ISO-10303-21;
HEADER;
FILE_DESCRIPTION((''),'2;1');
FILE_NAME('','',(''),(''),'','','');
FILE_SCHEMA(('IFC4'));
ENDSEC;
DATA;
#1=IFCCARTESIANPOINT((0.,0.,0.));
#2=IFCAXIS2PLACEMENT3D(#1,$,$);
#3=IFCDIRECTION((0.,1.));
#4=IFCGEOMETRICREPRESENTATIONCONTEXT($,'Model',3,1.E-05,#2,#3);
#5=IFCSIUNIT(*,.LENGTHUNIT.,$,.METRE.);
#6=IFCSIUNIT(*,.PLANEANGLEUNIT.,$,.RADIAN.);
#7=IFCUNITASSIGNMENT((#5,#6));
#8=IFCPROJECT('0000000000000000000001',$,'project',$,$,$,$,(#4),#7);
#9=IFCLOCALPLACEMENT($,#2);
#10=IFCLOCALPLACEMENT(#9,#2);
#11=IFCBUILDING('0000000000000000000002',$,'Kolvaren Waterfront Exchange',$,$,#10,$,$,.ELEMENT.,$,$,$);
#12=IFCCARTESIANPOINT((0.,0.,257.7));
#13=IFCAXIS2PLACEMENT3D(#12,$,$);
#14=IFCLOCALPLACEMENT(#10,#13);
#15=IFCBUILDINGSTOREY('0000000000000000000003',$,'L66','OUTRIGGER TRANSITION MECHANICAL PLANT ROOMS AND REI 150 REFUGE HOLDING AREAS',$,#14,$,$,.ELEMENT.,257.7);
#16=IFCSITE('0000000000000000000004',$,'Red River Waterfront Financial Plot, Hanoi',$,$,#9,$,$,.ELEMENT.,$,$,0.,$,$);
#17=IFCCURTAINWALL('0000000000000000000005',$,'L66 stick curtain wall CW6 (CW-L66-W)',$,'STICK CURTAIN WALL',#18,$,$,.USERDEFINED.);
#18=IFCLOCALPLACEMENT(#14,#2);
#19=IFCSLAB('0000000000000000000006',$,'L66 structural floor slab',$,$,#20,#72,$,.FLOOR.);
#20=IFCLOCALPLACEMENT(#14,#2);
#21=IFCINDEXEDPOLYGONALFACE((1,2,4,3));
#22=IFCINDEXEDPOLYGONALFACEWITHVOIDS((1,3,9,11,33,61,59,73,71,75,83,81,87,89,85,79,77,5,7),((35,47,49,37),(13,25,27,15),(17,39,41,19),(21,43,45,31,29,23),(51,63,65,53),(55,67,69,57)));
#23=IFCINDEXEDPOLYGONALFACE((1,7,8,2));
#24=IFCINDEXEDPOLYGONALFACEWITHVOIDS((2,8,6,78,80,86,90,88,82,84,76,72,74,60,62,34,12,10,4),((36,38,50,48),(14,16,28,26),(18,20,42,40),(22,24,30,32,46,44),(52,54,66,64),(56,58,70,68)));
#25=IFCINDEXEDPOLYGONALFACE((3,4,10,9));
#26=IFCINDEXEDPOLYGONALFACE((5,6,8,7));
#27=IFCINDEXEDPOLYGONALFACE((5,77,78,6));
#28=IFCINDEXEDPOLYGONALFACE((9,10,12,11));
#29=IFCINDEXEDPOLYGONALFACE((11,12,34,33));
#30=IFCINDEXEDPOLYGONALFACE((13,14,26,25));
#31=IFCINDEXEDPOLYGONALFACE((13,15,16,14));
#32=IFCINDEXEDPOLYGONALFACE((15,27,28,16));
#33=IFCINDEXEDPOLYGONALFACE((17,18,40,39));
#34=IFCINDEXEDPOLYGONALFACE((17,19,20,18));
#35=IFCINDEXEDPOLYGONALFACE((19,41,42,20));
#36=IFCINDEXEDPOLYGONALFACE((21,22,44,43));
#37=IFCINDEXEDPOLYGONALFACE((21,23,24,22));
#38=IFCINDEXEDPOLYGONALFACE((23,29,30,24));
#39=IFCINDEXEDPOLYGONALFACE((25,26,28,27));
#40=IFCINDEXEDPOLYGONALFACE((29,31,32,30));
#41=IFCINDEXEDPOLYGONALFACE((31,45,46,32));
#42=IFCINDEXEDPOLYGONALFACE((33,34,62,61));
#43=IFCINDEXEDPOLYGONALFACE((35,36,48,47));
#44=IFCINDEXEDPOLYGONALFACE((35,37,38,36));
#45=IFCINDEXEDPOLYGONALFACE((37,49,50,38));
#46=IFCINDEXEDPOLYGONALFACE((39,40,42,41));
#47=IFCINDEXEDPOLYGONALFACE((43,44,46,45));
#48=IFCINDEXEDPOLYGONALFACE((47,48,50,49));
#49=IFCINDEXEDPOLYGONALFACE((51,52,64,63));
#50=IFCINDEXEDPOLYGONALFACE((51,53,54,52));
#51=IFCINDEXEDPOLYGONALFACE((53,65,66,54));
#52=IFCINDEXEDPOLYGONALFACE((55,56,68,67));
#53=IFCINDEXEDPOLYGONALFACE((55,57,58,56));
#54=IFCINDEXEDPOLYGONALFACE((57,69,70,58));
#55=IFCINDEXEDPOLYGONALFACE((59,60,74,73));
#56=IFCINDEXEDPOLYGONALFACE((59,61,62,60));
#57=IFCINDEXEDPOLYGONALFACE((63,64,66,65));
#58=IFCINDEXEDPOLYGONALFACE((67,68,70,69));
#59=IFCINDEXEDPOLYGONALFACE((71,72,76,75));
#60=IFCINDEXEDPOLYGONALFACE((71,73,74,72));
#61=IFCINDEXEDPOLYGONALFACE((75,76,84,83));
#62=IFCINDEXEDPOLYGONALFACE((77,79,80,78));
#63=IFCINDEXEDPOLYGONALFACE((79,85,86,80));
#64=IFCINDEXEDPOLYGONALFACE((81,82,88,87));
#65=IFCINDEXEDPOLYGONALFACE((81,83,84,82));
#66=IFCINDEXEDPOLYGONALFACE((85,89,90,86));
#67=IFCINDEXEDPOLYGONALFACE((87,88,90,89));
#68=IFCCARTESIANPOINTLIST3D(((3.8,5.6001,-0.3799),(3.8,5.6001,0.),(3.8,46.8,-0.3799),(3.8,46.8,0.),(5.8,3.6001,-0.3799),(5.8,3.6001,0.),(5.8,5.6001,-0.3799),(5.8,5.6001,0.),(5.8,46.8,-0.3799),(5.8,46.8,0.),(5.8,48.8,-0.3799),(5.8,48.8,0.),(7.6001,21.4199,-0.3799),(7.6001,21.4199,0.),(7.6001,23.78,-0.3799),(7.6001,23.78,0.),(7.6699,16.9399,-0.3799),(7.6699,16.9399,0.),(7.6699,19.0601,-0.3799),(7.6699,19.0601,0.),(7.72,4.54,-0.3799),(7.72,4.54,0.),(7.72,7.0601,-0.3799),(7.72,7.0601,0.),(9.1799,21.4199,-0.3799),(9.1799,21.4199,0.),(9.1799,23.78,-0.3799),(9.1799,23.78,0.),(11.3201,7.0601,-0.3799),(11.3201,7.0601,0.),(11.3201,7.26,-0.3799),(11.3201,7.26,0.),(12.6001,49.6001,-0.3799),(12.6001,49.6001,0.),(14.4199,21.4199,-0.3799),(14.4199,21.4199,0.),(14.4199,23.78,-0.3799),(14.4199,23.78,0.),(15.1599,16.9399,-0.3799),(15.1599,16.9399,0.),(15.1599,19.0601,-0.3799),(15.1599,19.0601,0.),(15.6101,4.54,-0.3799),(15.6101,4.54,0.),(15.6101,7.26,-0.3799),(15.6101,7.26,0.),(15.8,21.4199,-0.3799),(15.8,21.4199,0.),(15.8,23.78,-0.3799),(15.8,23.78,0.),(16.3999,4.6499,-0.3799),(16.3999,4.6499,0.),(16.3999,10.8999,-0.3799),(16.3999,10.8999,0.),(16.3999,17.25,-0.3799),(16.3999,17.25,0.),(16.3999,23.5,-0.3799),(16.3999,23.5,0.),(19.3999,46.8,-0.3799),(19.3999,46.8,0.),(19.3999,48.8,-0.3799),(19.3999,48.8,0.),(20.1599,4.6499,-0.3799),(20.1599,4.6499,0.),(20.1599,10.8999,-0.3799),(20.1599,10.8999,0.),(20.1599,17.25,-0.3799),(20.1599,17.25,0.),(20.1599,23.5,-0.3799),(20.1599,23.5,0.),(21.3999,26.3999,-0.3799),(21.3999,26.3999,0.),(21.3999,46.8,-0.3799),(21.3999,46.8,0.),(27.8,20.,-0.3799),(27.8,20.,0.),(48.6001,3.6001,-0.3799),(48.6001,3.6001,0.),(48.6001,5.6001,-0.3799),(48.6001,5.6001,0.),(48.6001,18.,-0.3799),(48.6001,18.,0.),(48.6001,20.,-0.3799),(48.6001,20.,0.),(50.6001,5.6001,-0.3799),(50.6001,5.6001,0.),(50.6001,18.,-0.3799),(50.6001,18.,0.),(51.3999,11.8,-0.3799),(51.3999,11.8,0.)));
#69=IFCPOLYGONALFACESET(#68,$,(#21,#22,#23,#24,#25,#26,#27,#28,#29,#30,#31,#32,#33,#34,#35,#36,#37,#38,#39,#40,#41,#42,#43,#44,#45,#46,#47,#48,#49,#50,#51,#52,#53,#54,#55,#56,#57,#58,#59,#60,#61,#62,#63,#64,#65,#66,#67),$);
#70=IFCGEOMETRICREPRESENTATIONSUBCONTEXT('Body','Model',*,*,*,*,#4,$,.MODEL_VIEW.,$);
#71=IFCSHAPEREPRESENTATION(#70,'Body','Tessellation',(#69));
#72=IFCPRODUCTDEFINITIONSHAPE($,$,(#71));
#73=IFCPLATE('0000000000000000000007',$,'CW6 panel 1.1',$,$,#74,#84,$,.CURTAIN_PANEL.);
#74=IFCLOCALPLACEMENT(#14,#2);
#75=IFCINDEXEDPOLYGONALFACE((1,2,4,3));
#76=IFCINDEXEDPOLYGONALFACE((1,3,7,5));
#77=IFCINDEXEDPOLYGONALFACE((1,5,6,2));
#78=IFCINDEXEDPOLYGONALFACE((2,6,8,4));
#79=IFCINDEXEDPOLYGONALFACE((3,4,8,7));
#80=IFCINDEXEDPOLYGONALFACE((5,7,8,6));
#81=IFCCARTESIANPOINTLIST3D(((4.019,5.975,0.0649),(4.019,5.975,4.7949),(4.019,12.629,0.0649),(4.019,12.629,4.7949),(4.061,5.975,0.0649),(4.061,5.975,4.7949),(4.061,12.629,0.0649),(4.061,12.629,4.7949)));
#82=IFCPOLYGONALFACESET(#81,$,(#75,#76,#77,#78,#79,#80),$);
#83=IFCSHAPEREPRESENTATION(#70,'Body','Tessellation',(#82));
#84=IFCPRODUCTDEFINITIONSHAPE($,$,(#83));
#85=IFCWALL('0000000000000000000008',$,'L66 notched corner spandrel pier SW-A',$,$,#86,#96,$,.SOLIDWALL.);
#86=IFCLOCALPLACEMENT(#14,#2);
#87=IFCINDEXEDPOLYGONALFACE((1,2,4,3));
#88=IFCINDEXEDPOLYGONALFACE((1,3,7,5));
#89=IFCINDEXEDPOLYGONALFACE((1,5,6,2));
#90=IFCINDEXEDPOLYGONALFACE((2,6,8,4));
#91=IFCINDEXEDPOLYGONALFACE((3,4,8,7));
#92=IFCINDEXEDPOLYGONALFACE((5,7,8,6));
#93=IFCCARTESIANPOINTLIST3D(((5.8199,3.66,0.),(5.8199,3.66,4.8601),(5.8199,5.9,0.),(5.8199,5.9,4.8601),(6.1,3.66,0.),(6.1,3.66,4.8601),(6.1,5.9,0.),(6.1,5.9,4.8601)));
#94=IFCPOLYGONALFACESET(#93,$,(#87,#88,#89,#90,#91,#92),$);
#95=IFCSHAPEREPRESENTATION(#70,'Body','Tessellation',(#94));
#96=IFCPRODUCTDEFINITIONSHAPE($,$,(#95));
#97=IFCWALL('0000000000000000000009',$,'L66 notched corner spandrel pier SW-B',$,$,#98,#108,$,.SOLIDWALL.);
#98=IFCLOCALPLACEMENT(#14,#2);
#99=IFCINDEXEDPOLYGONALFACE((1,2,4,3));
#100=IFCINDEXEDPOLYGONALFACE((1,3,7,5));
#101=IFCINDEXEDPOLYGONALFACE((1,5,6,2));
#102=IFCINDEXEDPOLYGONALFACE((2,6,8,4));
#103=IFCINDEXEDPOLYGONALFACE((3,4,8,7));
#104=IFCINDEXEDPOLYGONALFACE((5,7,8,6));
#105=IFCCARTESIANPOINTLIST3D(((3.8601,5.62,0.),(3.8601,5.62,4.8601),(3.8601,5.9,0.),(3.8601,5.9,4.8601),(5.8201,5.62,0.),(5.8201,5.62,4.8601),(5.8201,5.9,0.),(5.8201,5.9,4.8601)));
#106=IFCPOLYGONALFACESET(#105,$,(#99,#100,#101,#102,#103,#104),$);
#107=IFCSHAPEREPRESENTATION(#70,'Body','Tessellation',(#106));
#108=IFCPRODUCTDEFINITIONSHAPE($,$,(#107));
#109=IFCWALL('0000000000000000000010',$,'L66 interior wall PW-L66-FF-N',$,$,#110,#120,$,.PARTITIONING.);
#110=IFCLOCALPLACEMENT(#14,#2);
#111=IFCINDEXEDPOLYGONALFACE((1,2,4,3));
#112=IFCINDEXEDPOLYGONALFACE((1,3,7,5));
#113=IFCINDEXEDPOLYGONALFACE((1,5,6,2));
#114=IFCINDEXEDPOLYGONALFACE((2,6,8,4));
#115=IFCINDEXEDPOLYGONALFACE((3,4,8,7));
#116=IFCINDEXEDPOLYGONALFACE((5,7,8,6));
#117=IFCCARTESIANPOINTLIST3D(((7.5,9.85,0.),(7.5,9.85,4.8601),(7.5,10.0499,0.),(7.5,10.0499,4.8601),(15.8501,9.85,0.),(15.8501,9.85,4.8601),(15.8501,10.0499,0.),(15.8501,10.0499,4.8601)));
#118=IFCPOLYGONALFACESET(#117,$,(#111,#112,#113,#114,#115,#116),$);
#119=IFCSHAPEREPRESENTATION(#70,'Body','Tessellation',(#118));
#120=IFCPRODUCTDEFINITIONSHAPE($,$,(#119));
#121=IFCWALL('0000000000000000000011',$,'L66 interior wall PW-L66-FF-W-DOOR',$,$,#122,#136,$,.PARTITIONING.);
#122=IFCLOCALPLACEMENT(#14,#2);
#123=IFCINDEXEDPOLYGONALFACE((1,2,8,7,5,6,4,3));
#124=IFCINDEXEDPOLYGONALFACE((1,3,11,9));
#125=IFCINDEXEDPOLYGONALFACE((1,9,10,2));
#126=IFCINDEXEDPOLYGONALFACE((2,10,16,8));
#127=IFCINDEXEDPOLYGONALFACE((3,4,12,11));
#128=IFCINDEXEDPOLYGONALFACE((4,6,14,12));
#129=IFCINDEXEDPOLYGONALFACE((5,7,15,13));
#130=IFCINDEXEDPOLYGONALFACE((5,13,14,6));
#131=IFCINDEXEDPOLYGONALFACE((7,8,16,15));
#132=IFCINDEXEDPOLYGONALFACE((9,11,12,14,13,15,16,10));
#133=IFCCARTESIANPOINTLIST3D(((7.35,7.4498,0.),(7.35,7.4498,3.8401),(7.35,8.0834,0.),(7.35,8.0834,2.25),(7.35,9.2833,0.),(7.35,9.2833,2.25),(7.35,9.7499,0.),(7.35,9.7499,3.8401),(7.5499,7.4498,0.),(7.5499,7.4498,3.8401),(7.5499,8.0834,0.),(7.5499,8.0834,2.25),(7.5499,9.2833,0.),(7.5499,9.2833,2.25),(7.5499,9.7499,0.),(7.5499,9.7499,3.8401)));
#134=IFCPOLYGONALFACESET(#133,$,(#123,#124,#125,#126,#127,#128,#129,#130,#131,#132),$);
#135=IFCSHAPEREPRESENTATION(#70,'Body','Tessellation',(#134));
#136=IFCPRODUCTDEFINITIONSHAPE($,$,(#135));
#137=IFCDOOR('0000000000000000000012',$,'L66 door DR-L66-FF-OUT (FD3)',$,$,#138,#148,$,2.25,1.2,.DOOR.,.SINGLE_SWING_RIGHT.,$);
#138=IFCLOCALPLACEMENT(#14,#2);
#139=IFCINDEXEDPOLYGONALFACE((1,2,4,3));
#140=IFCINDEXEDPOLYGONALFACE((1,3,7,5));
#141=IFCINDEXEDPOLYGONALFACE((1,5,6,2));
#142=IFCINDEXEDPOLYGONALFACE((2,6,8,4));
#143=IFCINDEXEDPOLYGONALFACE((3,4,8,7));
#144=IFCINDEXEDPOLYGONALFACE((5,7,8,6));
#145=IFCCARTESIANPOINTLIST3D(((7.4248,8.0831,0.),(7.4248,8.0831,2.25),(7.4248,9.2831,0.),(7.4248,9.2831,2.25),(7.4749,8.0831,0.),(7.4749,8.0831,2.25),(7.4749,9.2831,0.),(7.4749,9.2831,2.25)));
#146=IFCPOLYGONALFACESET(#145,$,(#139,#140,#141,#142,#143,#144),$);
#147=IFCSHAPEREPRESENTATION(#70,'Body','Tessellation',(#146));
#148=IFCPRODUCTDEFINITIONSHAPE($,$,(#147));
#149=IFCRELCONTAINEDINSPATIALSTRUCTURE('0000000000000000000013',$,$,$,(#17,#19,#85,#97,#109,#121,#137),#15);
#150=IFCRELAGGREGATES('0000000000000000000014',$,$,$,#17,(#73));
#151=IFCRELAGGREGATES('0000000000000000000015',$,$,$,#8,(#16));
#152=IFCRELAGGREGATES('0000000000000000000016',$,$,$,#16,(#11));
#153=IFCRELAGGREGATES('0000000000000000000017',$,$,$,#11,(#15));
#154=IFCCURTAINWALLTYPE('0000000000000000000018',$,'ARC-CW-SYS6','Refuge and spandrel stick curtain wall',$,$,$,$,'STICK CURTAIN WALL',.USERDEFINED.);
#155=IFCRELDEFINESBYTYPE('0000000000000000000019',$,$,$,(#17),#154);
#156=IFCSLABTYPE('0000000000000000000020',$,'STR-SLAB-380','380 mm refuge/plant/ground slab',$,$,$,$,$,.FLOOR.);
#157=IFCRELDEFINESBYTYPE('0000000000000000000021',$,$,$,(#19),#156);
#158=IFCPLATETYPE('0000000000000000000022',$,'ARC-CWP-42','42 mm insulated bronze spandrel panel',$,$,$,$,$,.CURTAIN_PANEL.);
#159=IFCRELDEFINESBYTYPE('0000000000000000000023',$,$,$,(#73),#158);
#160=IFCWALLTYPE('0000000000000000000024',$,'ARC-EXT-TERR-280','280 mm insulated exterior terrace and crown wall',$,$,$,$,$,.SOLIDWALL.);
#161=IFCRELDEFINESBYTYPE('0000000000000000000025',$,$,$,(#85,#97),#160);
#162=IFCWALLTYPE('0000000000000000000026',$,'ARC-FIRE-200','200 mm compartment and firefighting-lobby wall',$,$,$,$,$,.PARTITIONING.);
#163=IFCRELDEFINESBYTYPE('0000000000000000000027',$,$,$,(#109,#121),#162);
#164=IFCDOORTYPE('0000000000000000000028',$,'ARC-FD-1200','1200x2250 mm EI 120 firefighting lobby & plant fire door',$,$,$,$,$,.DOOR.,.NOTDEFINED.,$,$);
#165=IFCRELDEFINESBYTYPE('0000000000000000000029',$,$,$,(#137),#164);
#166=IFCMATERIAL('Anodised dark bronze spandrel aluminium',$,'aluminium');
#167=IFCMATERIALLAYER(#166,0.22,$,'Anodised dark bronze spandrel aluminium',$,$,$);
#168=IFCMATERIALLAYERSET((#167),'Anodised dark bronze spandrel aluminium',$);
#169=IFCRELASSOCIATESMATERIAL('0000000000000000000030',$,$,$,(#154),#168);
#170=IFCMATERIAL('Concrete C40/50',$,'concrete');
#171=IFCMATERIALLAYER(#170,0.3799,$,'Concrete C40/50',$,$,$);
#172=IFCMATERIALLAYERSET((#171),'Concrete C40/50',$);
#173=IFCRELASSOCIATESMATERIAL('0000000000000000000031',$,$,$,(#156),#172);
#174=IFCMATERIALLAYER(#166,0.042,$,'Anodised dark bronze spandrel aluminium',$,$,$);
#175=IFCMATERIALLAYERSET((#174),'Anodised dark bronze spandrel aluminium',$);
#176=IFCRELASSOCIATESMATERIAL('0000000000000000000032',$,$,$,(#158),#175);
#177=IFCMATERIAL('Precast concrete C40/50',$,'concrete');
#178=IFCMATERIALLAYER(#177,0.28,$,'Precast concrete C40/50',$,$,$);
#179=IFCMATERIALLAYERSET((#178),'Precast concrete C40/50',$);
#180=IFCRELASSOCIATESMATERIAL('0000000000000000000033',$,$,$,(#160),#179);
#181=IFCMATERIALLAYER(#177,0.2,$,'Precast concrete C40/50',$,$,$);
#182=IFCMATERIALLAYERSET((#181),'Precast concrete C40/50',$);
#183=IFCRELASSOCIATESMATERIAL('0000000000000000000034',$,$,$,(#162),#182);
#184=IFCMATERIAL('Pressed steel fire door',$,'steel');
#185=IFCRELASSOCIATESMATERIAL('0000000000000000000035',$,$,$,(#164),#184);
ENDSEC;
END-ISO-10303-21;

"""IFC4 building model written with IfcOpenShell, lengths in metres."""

from ifc_helpers import new_model, si_unit, direction, frame, frame_2d, origin, origin_with_axes, origin_2d, place, context, subcontext, project, spatial, polyline, rectangle, outline, extrude, source, transform, mapped, material, layer, layer_set, type_object, element, fill, aggregate, save


model = new_model("IFC4")

# Units and contexts
model_context = context("Model", 3, precision=1e-05, world=origin(), true_north=direction((0.0, 1.0)))
body_context = subcontext(model_context, "Body", "Model", "MODEL_VIEW")
ifc_project = project(units=[si_unit("LENGTHUNIT", "METRE"), si_unit("PLANEANGLEUNIT", "RADIAN")], contexts=[model_context])

# Site, building, storey
site_placement = place(None, origin())
site = spatial("IfcSite", under=ifc_project, at=site_placement, Name="Red River Waterfront Financial Plot, Hanoi", CompositionType="ELEMENT", RefElevation=0.0)
building_placement = place(site_placement, origin())
building = spatial("IfcBuilding", under=site, at=building_placement, Name="Kolvaren Waterfront Exchange", CompositionType="ELEMENT")
storey_placement = place(building_placement, frame((0.0, 0.0, 257.7)))
storey = spatial("IfcBuildingStorey", under=building, at=storey_placement, Name="L66", Description="OUTRIGGER TRANSITION MECHANICAL PLANT ROOMS AND REI 150 REFUGE HOLDING AREAS", CompositionType="ELEMENT", Elevation=257.7)

# Shared definitions
ifc_material_1 = material(Name="Anodised dark bronze spandrel aluminium", Category="aluminium")
ifc_layer_1 = layer(ifc_material_1, 0.22, Name="Anodised dark bronze spandrel aluminium")
ifc_layer_set_1 = layer_set([ifc_layer_1], Name="Anodised dark bronze spandrel aluminium")
curtain_wall_type = type_object("IfcCurtainWallType", Name="ARC-CW-SYS6", Description="Refuge and spandrel stick curtain wall", ElementType="STICK CURTAIN WALL", PredefinedType="USERDEFINED", material=ifc_layer_set_1)

# Curtain wall
curtain_wall_1_placement = place(storey_placement, origin())
curtain_wall_1 = element("IfcCurtainWall", 1, at=curtain_wall_1_placement, inside=storey, type_object=curtain_wall_type, Name="L66 stick curtain wall CW6 (CW-L66-W)", ObjectType="STICK CURTAIN WALL", PredefinedType="USERDEFINED")

# Shared definitions
ifc_material_2 = material(Name="Concrete C40/50", Category="concrete")

# Slab
ifc_layer_2 = layer(ifc_material_2, 0.3799, Name="Concrete C40/50")
ifc_layer_set_2 = layer_set([ifc_layer_2], Name="Concrete C40/50")
slab_type_1 = type_object("IfcSlabType", Name="STR-SLAB-380", Description="380 mm refuge/plant/ground slab", PredefinedType="FLOOR", material=ifc_layer_set_2)
slab_1_placement = place(storey_placement, frame((0.0, 0.0, -0.3799)))
element("IfcSlab", 2, at=slab_1_placement, inside=storey, type_object=slab_type_1, Name="L66 structural floor slab", PredefinedType="FLOOR", context=body_context, shape_type="SweptSolid", body=[
    extrude(outline(polyline([(5.8, 3.6001), (48.6001, 3.6001), (48.6001, 5.6001), (50.6001, 5.6001), (51.3999, 11.8), (50.6001, 18.0), (48.6001, 18.0), (48.6001, 20.0), (27.8, 20.0), (21.3999, 26.3999), (21.3999, 46.8), (19.3999, 46.8), (19.3999, 48.8), (12.6001, 49.6001), (5.8, 48.8), (5.8, 46.8), (3.8, 46.8), (3.8, 5.6001), (5.8, 5.6001), (5.8, 3.6001)]), holes=[polyline([(11.3201, 7.26), (15.6101, 7.26), (15.6101, 4.54), (7.72, 4.54), (7.72, 7.0601), (11.3201, 7.0601), (11.3201, 7.26)]), polyline([(20.1599, 10.8999), (20.1599, 4.6499), (16.3999, 4.6499), (16.3999, 10.8999), (20.1599, 10.8999)]), polyline([(7.6699, 19.0601), (15.1599, 19.0601), (15.1599, 16.9399), (7.6699, 16.9399), (7.6699, 19.0601)]), polyline([(16.3999, 17.25), (16.3999, 23.5), (20.1599, 23.5), (20.1599, 17.25), (16.3999, 17.25)]), polyline([(7.6001, 23.78), (9.1799, 23.78), (9.1799, 21.4199), (7.6001, 21.4199), (7.6001, 23.78)]), polyline([(14.4199, 23.78), (15.8, 23.78), (15.8, 21.4199), (14.4199, 21.4199), (14.4199, 23.78)])]), origin(), (0.0, 0.0, 1.0), 0.3799),
])

# Plate
ifc_layer_3 = layer(ifc_material_1, 0.042, Name="Anodised dark bronze spandrel aluminium")
ifc_layer_set_3 = layer_set([ifc_layer_3], Name="Anodised dark bronze spandrel aluminium")
plate_type = type_object("IfcPlateType", Name="ARC-CWP-42", Description="42 mm insulated bronze spandrel panel", PredefinedType="CURTAIN_PANEL", material=ifc_layer_set_3)
shared_shape_1 = source(origin_with_axes(), body_context, "Body", "SweptSolid", [
    extrude(rectangle(XDim=6.6541, YDim=0.042, at=origin_2d()), origin(), (0.0, 0.0, 1.0), 4.73),
])
plate_placement = place(storey_placement, frame((4.04, 9.302, 0.0649), z_axis=(0.0, 0.0, 1.0), x_axis=(0.0, 1.0, 0.0)))
plate = element("IfcPlate", 3, at=plate_placement, type_object=plate_type, Name="CW6 panel 1.1", PredefinedType="CURTAIN_PANEL", context=body_context, shape_type="MappedRepresentation", body=[
    mapped(shared_shape_1, transform((0.0, 0.0, 0.0), x_axis=(1.0, 0.0, 0.0), y_axis=(0.0, 1.0, 0.0), z_axis=(0.0, 0.0, 1.0), scale=1.0)),
])
aggregate(curtain_wall_1, [plate])

# Walls
ifc_material_3 = material(Name="Precast concrete C40/50", Category="concrete")
ifc_layer_4 = layer(ifc_material_3, 0.28, Name="Precast concrete C40/50")
ifc_layer_set_4 = layer_set([ifc_layer_4], Name="Precast concrete C40/50")
wall_type_1 = type_object("IfcWallType", Name="ARC-EXT-TERR-280", Description="280 mm insulated exterior terrace and crown wall", PredefinedType="SOLIDWALL", material=ifc_layer_set_4)
wall_1_placement = place(storey_placement, frame((5.96, 3.6599, 0.0), z_axis=(0.0, 0.0, 1.0), x_axis=(0.0, 1.0, 0.0)))
element("IfcWall", 4, at=wall_1_placement, inside=storey, type_object=wall_type_1, Name="L66 notched corner spandrel pier SW-A", PredefinedType="SOLIDWALL", context=body_context, shape_type="SweptSolid", body=[
    extrude(rectangle(XDim=2.24, YDim=0.28, at=frame_2d((1.1201, 0.0))), origin(), (0.0, 0.0, 1.0), 4.8601),
])
wall_2_placement = place(storey_placement, frame((3.8601, 5.76, 0.0), z_axis=(0.0, 0.0, 1.0), x_axis=(1.0, 0.0, 0.0)))
element("IfcWall", 5, at=wall_2_placement, inside=storey, type_object=wall_type_1, Name="L66 notched corner spandrel pier SW-B", PredefinedType="SOLIDWALL", context=body_context, shape_type="SweptSolid", body=[
    extrude(rectangle(XDim=1.96, YDim=0.28, at=frame_2d((0.98, 0.0))), origin(), (0.0, 0.0, 1.0), 4.8601),
])
ifc_layer_5 = layer(ifc_material_3, 0.2, Name="Precast concrete C40/50")
ifc_layer_set_5 = layer_set([ifc_layer_5], Name="Precast concrete C40/50")
wall_type_2 = type_object("IfcWallType", Name="ARC-FIRE-200", Description="200 mm compartment and firefighting-lobby wall", PredefinedType="PARTITIONING", material=ifc_layer_set_5)
wall_3_placement = place(storey_placement, frame((7.5, 9.95, 0.0), z_axis=(0.0, 0.0, 1.0), x_axis=(1.0, 0.0, 0.0)))
element("IfcWall", 6, at=wall_3_placement, inside=storey, type_object=wall_type_2, Name="L66 interior wall PW-L66-FF-N", PredefinedType="PARTITIONING", context=body_context, shape_type="SweptSolid", body=[
    extrude(rectangle(XDim=8.3501, YDim=0.2, at=frame_2d((4.175, 0.0))), origin(), (0.0, 0.0, 1.0), 4.8601),
])

# Wall, opening, door
wall_4_placement = place(storey_placement, frame((7.45, 7.45, 0.0), z_axis=(0.0, 0.0, 1.0), x_axis=(0.0, 1.0, 0.0)))
wall_4 = element("IfcWall", 7, at=wall_4_placement, inside=storey, type_object=wall_type_2, Name="L66 interior wall PW-L66-FF-W-DOOR", PredefinedType="PARTITIONING", context=body_context, shape_type="SweptSolid", body=[
    extrude(rectangle(XDim=2.3, YDim=0.2, at=frame_2d((1.1499, 0.0))), origin(), (0.0, 0.0, 1.0), 3.8401),
])
opening_1_placement = place(wall_4_placement, frame((0.6333, 0.0, 0.0)))
opening_1 = element("IfcOpeningElement", 8, at=opening_1_placement, cuts=wall_4, PredefinedType="OPENING", context=body_context, shape_type="SweptSolid", body=[
    extrude(rectangle(XDim=1.2, YDim=2.25, at=frame_2d((0.6001, 1.125))), frame((0.0, 0.1099, 0.0), z_axis=(0.0, -1.0, 0.0), x_axis=(1.0, 0.0, 0.0)), (0.0, 0.0, 1.0), 0.22),
])
ifc_material_4 = material(Name="Pressed steel fire door", Category="steel")
door_type_1 = type_object("IfcDoorType", Name="ARC-FD-1200", Description="1200x2250 mm EI 120 firefighting lobby & plant fire door", OperationType="NOTDEFINED", PredefinedType="DOOR", material=ifc_material_4)
door_1_placement = place(opening_1_placement, frame((1.2, 0.0, 0.0), z_axis=(0.0, 0.0, 1.0), x_axis=(-1.0, 0.0, 0.0)))
door_1 = element("IfcDoor", 9, at=door_1_placement, inside=storey, type_object=door_type_1, Name="L66 door DR-L66-FF-OUT (FD3)", OperationType="SINGLE_SWING_RIGHT", OverallHeight=2.25, OverallWidth=1.2, PredefinedType="DOOR", context=body_context, shape_type="SweptSolid", body=[
    extrude(rectangle(XDim=1.2, YDim=2.25, at=frame_2d((0.6001, 1.125))), frame((0.0, 0.0249, 0.0), z_axis=(0.0, -1.0, 0.0), x_axis=(1.0, 0.0, 0.0)), (0.0, 0.0, 1.0), 0.05),
])
fill(opening_1, door_1)

save(model, "model.ifc")
